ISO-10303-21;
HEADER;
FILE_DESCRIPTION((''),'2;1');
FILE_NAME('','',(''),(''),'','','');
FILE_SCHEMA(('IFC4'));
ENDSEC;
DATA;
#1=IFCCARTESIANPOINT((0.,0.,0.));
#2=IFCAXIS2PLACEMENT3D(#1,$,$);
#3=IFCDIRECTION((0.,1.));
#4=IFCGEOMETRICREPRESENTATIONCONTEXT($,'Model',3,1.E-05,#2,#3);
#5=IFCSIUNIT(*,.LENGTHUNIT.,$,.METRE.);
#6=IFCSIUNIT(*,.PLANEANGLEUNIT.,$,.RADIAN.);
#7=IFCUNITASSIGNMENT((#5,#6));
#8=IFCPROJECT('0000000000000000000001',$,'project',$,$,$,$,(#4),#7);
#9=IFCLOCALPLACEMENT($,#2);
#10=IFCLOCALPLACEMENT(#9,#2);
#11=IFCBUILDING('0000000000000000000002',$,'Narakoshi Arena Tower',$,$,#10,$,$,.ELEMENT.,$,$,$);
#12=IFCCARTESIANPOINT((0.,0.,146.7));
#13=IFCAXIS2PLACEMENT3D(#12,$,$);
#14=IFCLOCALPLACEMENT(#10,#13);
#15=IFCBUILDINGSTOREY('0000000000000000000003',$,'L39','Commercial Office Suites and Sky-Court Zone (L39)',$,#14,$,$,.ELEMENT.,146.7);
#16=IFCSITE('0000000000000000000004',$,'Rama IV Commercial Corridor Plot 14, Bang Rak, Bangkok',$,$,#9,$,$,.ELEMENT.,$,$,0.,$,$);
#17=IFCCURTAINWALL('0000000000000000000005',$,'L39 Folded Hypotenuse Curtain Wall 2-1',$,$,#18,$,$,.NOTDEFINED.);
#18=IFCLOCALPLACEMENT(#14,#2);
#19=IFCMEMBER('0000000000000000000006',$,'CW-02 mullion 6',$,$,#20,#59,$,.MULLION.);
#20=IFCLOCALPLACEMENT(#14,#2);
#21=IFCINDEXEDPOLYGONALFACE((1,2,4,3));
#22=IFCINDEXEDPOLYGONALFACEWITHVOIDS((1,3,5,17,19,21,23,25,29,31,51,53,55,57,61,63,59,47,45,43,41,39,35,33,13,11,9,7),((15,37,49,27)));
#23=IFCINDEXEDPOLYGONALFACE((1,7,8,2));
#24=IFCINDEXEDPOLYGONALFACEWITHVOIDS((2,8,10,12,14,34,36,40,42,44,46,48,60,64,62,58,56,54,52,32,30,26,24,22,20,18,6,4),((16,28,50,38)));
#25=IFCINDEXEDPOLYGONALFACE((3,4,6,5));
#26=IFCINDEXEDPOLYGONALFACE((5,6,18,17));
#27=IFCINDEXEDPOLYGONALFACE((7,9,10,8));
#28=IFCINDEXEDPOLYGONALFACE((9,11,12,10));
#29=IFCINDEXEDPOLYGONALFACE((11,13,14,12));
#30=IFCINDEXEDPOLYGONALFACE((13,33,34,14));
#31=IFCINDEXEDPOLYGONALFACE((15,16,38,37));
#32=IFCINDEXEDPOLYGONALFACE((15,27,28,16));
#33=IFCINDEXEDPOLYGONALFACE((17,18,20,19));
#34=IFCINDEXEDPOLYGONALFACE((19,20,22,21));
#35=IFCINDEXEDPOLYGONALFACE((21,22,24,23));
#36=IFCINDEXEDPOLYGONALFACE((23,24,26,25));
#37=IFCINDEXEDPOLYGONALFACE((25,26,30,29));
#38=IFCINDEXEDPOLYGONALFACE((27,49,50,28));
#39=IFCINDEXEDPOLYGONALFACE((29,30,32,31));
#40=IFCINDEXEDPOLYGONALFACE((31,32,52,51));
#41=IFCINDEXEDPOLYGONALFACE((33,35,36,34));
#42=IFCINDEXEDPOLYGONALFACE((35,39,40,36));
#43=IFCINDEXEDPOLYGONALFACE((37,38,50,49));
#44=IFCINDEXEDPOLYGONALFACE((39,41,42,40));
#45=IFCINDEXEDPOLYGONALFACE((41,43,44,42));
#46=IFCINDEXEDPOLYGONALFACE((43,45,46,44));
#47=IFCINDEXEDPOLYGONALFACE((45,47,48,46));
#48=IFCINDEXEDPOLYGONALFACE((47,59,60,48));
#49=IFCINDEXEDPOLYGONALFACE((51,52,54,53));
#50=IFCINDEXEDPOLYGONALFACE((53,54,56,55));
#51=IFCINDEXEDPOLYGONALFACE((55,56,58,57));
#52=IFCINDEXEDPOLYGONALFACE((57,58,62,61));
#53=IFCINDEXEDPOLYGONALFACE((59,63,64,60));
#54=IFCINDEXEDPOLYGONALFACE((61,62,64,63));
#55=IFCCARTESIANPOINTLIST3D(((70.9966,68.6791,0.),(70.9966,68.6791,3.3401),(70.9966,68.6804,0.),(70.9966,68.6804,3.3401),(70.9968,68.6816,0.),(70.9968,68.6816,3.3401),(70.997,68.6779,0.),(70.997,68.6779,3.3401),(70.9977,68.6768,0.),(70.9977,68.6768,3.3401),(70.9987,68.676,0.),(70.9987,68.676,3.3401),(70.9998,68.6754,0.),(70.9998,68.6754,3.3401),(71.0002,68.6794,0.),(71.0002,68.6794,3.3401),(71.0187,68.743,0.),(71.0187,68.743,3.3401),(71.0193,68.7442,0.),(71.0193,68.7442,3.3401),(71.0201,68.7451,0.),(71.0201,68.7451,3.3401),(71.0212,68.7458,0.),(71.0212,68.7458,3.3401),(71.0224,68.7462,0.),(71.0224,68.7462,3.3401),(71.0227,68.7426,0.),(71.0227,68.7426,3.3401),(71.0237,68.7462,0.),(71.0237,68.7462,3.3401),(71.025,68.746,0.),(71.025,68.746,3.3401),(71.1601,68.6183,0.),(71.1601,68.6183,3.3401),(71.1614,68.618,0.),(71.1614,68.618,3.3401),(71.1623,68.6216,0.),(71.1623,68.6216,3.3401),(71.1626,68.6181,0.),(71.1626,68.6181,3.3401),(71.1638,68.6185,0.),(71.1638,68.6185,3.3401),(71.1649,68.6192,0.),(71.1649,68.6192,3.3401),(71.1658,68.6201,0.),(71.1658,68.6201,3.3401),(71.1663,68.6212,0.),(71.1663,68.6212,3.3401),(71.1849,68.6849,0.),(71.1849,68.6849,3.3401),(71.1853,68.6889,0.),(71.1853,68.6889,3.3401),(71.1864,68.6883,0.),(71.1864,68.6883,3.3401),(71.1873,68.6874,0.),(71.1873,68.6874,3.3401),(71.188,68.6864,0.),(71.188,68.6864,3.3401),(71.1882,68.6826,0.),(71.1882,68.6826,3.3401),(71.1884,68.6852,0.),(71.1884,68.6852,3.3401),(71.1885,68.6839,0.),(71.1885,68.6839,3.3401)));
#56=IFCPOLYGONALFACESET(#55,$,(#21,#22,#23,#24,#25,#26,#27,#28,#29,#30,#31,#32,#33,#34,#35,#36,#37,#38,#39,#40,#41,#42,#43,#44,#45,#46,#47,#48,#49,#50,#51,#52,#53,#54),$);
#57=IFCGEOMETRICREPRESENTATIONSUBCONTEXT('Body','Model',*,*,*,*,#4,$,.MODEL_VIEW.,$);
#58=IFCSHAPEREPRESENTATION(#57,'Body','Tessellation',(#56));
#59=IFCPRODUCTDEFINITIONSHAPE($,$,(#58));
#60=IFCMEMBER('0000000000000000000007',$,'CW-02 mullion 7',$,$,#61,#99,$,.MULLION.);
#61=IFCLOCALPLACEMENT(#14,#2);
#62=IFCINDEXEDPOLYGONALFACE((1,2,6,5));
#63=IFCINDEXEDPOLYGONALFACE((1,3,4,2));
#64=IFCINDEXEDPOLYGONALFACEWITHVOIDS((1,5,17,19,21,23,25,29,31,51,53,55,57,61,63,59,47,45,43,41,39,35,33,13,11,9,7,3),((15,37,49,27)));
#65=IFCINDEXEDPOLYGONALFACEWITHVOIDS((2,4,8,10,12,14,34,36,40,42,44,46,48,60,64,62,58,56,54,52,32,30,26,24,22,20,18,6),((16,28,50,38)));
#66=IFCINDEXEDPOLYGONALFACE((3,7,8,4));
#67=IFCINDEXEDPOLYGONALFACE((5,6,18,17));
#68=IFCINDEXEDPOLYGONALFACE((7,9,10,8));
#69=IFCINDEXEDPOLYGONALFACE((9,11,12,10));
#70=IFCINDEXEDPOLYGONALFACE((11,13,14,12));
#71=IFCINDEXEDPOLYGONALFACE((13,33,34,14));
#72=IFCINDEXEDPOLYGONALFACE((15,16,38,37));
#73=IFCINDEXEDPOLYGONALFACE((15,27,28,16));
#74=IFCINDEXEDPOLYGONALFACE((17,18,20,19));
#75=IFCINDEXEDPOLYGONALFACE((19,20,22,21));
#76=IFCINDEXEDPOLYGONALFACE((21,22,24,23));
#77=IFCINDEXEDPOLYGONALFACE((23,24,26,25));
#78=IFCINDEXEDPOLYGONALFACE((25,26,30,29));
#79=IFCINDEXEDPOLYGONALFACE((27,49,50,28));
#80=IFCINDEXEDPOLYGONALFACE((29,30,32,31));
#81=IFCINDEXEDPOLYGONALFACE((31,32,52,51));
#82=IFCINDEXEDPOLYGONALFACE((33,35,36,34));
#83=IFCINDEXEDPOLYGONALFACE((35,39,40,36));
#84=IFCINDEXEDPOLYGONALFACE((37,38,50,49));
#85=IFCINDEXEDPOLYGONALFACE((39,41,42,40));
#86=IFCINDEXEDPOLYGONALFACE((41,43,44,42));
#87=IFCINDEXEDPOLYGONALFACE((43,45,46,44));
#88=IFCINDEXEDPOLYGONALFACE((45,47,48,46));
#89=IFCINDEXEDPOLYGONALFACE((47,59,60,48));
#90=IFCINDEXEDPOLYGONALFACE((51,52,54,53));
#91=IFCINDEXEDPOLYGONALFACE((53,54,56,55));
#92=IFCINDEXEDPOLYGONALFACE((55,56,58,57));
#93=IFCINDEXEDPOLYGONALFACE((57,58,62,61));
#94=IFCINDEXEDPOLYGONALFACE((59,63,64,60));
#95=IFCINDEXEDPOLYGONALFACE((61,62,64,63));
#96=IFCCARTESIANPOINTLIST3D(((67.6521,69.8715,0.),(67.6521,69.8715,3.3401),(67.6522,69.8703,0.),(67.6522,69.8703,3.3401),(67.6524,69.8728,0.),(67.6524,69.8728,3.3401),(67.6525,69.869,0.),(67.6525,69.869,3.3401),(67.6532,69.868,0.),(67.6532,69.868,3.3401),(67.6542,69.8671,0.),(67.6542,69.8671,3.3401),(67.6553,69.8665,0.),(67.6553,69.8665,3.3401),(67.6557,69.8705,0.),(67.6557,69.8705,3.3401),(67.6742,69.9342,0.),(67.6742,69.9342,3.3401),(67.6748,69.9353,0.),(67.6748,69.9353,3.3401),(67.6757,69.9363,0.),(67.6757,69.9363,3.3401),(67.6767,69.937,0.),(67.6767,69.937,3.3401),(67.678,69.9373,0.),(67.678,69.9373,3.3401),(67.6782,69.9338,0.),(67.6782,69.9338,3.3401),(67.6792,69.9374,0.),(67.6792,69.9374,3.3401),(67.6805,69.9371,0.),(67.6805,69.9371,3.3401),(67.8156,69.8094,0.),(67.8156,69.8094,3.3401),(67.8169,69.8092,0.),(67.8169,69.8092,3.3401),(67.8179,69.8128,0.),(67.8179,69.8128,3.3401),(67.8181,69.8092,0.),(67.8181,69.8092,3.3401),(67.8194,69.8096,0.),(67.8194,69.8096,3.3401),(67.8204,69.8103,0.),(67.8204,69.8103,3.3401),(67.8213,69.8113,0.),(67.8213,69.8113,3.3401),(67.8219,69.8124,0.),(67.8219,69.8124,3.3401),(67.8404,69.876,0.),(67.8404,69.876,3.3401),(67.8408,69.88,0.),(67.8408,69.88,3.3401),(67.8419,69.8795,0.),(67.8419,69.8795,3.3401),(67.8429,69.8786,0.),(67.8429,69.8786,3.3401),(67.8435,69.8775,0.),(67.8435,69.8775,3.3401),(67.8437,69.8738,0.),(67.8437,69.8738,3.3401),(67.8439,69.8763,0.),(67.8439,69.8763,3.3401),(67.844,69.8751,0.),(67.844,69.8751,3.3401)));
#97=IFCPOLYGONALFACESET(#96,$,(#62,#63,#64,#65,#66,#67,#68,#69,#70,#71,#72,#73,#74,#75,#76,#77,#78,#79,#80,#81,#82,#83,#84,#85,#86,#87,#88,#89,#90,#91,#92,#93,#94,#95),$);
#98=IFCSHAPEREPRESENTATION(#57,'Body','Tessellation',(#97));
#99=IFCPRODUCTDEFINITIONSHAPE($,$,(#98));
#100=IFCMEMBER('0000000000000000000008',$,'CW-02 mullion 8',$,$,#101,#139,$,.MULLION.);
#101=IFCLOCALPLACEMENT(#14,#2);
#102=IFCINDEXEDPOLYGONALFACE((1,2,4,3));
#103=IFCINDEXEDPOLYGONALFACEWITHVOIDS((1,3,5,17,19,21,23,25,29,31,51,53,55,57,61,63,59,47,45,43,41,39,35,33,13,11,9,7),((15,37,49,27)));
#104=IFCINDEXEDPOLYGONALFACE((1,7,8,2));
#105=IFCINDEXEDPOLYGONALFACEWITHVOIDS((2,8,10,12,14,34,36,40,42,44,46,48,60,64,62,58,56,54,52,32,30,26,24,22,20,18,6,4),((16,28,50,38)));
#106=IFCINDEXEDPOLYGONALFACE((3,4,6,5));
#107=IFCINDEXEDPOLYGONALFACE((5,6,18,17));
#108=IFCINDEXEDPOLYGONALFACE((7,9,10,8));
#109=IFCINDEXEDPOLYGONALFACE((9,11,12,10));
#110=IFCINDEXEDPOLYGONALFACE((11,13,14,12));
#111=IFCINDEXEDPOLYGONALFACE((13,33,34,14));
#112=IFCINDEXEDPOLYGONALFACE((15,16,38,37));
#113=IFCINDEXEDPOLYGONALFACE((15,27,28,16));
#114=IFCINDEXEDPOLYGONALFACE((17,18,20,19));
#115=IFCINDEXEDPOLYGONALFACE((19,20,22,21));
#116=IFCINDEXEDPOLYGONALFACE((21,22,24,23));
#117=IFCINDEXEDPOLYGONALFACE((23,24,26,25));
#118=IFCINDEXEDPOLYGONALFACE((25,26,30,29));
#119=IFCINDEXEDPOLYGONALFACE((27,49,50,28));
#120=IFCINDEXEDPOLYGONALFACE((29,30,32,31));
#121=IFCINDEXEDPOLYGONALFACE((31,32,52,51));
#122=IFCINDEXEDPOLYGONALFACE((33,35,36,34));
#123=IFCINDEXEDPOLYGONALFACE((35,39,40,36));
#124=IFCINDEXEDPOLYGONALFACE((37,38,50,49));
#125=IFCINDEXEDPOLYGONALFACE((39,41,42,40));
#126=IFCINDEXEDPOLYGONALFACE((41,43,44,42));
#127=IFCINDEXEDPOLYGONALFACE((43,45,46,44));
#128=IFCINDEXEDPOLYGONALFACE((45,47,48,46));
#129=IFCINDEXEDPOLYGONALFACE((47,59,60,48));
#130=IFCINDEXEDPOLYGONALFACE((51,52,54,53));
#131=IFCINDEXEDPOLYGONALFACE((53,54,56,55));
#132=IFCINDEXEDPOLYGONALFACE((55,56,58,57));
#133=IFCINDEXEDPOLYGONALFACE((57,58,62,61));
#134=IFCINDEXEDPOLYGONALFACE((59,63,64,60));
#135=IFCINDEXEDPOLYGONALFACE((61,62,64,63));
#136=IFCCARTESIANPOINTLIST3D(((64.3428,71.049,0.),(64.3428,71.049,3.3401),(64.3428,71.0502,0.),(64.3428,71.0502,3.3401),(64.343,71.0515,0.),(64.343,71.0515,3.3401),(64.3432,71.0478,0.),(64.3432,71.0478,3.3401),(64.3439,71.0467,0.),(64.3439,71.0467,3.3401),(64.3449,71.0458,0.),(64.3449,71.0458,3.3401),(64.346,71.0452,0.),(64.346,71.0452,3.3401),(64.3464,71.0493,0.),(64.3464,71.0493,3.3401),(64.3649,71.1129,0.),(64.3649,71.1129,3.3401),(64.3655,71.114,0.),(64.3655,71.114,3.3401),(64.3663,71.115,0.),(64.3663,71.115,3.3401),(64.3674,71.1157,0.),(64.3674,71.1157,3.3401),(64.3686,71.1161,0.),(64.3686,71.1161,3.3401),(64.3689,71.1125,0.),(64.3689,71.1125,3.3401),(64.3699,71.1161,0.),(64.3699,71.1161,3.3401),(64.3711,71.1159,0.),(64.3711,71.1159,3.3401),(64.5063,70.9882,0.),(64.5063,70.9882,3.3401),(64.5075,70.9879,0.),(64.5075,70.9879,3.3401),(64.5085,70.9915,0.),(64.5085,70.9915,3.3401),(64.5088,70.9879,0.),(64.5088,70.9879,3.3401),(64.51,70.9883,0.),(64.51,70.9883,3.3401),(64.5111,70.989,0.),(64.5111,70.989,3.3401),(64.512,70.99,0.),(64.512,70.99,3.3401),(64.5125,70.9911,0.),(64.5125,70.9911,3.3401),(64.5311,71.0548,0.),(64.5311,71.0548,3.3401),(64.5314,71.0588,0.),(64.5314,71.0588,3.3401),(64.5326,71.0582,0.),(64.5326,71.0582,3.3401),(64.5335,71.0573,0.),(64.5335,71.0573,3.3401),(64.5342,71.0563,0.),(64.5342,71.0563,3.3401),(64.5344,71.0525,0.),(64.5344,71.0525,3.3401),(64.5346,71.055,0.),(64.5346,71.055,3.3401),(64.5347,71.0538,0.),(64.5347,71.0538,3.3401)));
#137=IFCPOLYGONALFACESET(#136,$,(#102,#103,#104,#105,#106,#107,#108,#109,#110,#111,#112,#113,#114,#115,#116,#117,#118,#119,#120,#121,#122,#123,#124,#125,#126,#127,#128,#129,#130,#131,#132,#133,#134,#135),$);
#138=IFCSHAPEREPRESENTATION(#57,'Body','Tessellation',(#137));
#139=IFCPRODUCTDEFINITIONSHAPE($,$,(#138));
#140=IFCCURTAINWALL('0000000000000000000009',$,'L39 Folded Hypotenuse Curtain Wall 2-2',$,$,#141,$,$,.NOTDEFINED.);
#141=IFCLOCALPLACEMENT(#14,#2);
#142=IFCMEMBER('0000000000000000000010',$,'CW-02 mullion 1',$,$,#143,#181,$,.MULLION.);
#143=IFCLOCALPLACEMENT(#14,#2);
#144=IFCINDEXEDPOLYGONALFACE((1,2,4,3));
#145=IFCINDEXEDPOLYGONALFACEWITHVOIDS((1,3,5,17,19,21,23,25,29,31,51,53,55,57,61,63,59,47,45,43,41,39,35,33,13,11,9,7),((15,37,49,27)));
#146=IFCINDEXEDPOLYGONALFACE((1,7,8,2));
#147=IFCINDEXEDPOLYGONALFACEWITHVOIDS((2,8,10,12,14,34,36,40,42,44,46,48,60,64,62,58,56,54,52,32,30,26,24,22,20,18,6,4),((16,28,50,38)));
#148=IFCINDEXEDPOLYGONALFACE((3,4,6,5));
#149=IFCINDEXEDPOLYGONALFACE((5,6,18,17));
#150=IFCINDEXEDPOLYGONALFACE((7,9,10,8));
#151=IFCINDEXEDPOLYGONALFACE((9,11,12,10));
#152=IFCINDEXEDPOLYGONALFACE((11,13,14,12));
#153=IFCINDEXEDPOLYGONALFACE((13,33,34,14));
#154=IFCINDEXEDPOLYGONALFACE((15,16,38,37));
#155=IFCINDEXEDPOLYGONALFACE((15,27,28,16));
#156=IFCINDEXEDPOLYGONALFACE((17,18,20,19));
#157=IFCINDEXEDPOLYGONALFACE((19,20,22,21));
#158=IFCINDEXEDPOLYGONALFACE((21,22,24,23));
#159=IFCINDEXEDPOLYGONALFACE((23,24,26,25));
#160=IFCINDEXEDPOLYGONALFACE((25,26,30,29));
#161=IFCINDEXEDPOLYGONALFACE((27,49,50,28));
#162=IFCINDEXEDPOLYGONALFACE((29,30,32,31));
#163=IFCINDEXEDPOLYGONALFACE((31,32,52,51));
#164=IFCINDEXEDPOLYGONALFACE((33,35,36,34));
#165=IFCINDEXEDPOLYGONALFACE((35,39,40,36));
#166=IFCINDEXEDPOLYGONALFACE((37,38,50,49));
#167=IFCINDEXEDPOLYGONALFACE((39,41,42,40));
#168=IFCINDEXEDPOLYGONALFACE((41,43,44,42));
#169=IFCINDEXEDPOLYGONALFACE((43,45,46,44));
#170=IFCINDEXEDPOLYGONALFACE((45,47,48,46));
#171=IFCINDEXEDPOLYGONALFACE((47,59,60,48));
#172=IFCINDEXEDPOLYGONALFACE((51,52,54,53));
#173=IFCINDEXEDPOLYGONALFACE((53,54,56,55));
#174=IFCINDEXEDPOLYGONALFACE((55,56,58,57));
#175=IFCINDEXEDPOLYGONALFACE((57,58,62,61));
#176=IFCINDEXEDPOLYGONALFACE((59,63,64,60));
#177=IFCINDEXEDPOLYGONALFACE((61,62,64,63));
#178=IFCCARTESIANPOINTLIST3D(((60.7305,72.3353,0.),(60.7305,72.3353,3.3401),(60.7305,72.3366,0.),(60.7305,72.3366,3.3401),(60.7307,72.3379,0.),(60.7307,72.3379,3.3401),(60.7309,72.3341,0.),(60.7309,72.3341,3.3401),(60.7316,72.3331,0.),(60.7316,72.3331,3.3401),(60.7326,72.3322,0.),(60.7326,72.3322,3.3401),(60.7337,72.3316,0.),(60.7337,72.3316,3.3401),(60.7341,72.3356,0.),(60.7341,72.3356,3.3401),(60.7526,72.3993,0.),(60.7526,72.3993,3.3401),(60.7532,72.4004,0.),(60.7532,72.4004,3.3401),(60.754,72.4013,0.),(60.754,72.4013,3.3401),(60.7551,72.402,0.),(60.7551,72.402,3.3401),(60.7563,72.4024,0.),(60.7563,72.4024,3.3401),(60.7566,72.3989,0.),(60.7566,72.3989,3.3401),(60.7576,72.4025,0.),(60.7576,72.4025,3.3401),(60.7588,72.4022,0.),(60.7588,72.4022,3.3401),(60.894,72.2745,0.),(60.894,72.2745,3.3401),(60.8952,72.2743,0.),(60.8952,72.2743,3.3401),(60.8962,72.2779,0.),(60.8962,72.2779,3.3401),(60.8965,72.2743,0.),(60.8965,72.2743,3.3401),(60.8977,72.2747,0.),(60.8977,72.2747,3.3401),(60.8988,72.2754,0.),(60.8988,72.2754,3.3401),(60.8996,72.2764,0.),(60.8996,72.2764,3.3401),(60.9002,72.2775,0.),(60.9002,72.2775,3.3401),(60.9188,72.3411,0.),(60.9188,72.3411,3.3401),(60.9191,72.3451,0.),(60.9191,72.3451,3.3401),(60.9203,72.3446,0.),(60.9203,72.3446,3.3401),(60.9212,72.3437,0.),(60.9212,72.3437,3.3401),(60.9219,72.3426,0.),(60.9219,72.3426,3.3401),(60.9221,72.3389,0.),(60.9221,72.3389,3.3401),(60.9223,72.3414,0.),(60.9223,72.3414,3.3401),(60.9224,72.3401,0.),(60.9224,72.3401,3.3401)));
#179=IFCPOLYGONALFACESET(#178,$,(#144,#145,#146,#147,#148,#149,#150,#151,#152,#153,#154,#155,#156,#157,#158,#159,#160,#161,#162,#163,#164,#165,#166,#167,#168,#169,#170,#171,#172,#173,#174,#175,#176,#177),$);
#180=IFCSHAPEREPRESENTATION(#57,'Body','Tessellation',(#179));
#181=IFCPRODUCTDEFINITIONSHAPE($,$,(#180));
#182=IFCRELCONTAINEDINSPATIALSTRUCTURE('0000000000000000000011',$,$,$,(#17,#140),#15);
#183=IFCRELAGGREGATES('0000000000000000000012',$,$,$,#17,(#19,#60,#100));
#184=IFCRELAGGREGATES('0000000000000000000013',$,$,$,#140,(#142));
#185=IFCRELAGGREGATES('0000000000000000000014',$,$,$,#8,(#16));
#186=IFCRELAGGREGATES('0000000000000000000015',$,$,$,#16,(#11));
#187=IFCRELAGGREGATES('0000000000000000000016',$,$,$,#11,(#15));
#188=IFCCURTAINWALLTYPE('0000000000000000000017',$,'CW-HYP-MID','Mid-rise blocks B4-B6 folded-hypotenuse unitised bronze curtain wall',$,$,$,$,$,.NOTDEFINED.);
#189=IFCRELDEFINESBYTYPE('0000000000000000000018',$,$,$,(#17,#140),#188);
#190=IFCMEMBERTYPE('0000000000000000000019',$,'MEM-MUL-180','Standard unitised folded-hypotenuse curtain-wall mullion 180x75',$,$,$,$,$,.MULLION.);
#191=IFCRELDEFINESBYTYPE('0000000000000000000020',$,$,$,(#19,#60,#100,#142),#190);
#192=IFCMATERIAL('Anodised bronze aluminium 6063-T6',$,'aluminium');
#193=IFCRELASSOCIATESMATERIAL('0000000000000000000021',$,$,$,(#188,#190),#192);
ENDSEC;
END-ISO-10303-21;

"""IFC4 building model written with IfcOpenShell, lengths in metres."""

from ifc_helpers import new_model, si_unit, direction, frame, origin, origin_2d, place, context, subcontext, project, spatial, hollow_rectangle, extrude, material, material_profile, profile_set, type_object, element, aggregate, save


model = new_model("IFC4")

# Units and contexts
model_context = context("Model", 3, precision=1e-05, world=origin(), true_north=direction((0.0, 1.0)))
body_context = subcontext(model_context, "Body", "Model", "MODEL_VIEW")
ifc_project = project(units=[si_unit("LENGTHUNIT", "METRE"), si_unit("PLANEANGLEUNIT", "RADIAN")], contexts=[model_context])

# Site, building, storey
site_placement = place(None, origin())
site = spatial("IfcSite", under=ifc_project, at=site_placement, Name="Rama IV Commercial Corridor Plot 14, Bang Rak, Bangkok", CompositionType="ELEMENT", RefElevation=0.0)
building_placement = place(site_placement, origin())
building = spatial("IfcBuilding", under=site, at=building_placement, Name="Narakoshi Arena Tower", CompositionType="ELEMENT")
storey_placement = place(building_placement, frame((0.0, 0.0, 146.7)))
storey = spatial("IfcBuildingStorey", under=building, at=storey_placement, Name="L39", Description="Commercial Office Suites and Sky-Court Zone (L39)", CompositionType="ELEMENT", Elevation=146.7)

# Curtain walls, members
ifc_material_1 = material(Name="Anodised bronze aluminium 6063-T6", Category="aluminium")
curtain_wall_type = type_object("IfcCurtainWallType", Name="CW-HYP-MID", Description="Mid-rise blocks B4-B6 folded-hypotenuse unitised bronze curtain wall", PredefinedType="NOTDEFINED", material=ifc_material_1)
curtain_wall_1_placement = place(storey_placement, origin())
curtain_wall_1 = element("IfcCurtainWall", 1, at=curtain_wall_1_placement, inside=storey, type_object=curtain_wall_type, Name="L39 Folded Hypotenuse Curtain Wall 2-1", PredefinedType="NOTDEFINED")
ifc_material_profile_1 = material_profile(ifc_material_1, hollow_rectangle(XDim=0.075, YDim=0.1799, WallThickness=0.0039, OuterFilletRadius=0.0049, at=origin_2d()), Name="MUL180x75x4")
ifc_profile_set_1 = profile_set([ifc_material_profile_1], Name="Anodised bronze aluminium 6063-T6")
member_type_1 = type_object("IfcMemberType", Name="MEM-MUL-180", Description="Standard unitised folded-hypotenuse curtain-wall mullion 180x75", PredefinedType="MULLION", material=ifc_profile_set_1)
member_1_placement = place(storey_placement, frame((71.0925, 68.6821, 0.0), z_axis=(0.0, 0.0, 1.0), x_axis=(-0.335518, -0.942034, 0.0)))
member_1 = element("IfcMember", 2, at=member_1_placement, type_object=member_type_1, Name="CW-02 mullion 6", PredefinedType="MULLION", context=body_context, shape_type="SweptSolid", body=[
    extrude(hollow_rectangle(XDim=0.075, YDim=0.1799, WallThickness=0.0039, OuterFilletRadius=0.0049, at=origin_2d()), origin(), (0.0, 0.0, 1.0), 3.3401),
])
member_2_placement = place(storey_placement, frame((67.748, 69.8733, 0.0), z_axis=(0.0, 0.0, 1.0), x_axis=(-0.335518, -0.942034, 0.0)))
member_2 = element("IfcMember", 3, at=member_2_placement, type_object=member_type_1, Name="CW-02 mullion 7", PredefinedType="MULLION", context=body_context, shape_type="SweptSolid", body=[
    extrude(hollow_rectangle(XDim=0.075, YDim=0.1799, WallThickness=0.0039, OuterFilletRadius=0.0049, at=origin_2d()), origin(), (0.0, 0.0, 1.0), 3.3401),
])
member_3_placement = place(storey_placement, frame((64.4387, 71.052, 0.0), z_axis=(0.0, 0.0, 1.0), x_axis=(-0.335518, -0.942034, 0.0)))
member_3 = element("IfcMember", 4, at=member_3_placement, type_object=member_type_1, Name="CW-02 mullion 8", PredefinedType="MULLION", context=body_context, shape_type="SweptSolid", body=[
    extrude(hollow_rectangle(XDim=0.075, YDim=0.1799, WallThickness=0.0039, OuterFilletRadius=0.0049, at=origin_2d()), origin(), (0.0, 0.0, 1.0), 3.3401),
])
curtain_wall_2_placement = place(storey_placement, origin())
curtain_wall_2 = element("IfcCurtainWall", 5, at=curtain_wall_2_placement, inside=storey, type_object=curtain_wall_type, Name="L39 Folded Hypotenuse Curtain Wall 2-2", PredefinedType="NOTDEFINED")
member_4_placement = place(storey_placement, frame((60.8264, 72.3384, 0.0), z_axis=(0.0, 0.0, 1.0), x_axis=(-0.335542, -0.942025, 0.0)))
member_4 = element("IfcMember", 6, at=member_4_placement, type_object=member_type_1, Name="CW-02 mullion 1", PredefinedType="MULLION", context=body_context, shape_type="SweptSolid", body=[
    extrude(hollow_rectangle(XDim=0.075, YDim=0.1799, WallThickness=0.0039, OuterFilletRadius=0.0049, at=origin_2d()), origin(), (0.0, 0.0, 1.0), 3.3401),
])

aggregate(curtain_wall_1, [member_1, member_2, member_3])
aggregate(curtain_wall_2, [member_4])

save(model, "model.ifc")
